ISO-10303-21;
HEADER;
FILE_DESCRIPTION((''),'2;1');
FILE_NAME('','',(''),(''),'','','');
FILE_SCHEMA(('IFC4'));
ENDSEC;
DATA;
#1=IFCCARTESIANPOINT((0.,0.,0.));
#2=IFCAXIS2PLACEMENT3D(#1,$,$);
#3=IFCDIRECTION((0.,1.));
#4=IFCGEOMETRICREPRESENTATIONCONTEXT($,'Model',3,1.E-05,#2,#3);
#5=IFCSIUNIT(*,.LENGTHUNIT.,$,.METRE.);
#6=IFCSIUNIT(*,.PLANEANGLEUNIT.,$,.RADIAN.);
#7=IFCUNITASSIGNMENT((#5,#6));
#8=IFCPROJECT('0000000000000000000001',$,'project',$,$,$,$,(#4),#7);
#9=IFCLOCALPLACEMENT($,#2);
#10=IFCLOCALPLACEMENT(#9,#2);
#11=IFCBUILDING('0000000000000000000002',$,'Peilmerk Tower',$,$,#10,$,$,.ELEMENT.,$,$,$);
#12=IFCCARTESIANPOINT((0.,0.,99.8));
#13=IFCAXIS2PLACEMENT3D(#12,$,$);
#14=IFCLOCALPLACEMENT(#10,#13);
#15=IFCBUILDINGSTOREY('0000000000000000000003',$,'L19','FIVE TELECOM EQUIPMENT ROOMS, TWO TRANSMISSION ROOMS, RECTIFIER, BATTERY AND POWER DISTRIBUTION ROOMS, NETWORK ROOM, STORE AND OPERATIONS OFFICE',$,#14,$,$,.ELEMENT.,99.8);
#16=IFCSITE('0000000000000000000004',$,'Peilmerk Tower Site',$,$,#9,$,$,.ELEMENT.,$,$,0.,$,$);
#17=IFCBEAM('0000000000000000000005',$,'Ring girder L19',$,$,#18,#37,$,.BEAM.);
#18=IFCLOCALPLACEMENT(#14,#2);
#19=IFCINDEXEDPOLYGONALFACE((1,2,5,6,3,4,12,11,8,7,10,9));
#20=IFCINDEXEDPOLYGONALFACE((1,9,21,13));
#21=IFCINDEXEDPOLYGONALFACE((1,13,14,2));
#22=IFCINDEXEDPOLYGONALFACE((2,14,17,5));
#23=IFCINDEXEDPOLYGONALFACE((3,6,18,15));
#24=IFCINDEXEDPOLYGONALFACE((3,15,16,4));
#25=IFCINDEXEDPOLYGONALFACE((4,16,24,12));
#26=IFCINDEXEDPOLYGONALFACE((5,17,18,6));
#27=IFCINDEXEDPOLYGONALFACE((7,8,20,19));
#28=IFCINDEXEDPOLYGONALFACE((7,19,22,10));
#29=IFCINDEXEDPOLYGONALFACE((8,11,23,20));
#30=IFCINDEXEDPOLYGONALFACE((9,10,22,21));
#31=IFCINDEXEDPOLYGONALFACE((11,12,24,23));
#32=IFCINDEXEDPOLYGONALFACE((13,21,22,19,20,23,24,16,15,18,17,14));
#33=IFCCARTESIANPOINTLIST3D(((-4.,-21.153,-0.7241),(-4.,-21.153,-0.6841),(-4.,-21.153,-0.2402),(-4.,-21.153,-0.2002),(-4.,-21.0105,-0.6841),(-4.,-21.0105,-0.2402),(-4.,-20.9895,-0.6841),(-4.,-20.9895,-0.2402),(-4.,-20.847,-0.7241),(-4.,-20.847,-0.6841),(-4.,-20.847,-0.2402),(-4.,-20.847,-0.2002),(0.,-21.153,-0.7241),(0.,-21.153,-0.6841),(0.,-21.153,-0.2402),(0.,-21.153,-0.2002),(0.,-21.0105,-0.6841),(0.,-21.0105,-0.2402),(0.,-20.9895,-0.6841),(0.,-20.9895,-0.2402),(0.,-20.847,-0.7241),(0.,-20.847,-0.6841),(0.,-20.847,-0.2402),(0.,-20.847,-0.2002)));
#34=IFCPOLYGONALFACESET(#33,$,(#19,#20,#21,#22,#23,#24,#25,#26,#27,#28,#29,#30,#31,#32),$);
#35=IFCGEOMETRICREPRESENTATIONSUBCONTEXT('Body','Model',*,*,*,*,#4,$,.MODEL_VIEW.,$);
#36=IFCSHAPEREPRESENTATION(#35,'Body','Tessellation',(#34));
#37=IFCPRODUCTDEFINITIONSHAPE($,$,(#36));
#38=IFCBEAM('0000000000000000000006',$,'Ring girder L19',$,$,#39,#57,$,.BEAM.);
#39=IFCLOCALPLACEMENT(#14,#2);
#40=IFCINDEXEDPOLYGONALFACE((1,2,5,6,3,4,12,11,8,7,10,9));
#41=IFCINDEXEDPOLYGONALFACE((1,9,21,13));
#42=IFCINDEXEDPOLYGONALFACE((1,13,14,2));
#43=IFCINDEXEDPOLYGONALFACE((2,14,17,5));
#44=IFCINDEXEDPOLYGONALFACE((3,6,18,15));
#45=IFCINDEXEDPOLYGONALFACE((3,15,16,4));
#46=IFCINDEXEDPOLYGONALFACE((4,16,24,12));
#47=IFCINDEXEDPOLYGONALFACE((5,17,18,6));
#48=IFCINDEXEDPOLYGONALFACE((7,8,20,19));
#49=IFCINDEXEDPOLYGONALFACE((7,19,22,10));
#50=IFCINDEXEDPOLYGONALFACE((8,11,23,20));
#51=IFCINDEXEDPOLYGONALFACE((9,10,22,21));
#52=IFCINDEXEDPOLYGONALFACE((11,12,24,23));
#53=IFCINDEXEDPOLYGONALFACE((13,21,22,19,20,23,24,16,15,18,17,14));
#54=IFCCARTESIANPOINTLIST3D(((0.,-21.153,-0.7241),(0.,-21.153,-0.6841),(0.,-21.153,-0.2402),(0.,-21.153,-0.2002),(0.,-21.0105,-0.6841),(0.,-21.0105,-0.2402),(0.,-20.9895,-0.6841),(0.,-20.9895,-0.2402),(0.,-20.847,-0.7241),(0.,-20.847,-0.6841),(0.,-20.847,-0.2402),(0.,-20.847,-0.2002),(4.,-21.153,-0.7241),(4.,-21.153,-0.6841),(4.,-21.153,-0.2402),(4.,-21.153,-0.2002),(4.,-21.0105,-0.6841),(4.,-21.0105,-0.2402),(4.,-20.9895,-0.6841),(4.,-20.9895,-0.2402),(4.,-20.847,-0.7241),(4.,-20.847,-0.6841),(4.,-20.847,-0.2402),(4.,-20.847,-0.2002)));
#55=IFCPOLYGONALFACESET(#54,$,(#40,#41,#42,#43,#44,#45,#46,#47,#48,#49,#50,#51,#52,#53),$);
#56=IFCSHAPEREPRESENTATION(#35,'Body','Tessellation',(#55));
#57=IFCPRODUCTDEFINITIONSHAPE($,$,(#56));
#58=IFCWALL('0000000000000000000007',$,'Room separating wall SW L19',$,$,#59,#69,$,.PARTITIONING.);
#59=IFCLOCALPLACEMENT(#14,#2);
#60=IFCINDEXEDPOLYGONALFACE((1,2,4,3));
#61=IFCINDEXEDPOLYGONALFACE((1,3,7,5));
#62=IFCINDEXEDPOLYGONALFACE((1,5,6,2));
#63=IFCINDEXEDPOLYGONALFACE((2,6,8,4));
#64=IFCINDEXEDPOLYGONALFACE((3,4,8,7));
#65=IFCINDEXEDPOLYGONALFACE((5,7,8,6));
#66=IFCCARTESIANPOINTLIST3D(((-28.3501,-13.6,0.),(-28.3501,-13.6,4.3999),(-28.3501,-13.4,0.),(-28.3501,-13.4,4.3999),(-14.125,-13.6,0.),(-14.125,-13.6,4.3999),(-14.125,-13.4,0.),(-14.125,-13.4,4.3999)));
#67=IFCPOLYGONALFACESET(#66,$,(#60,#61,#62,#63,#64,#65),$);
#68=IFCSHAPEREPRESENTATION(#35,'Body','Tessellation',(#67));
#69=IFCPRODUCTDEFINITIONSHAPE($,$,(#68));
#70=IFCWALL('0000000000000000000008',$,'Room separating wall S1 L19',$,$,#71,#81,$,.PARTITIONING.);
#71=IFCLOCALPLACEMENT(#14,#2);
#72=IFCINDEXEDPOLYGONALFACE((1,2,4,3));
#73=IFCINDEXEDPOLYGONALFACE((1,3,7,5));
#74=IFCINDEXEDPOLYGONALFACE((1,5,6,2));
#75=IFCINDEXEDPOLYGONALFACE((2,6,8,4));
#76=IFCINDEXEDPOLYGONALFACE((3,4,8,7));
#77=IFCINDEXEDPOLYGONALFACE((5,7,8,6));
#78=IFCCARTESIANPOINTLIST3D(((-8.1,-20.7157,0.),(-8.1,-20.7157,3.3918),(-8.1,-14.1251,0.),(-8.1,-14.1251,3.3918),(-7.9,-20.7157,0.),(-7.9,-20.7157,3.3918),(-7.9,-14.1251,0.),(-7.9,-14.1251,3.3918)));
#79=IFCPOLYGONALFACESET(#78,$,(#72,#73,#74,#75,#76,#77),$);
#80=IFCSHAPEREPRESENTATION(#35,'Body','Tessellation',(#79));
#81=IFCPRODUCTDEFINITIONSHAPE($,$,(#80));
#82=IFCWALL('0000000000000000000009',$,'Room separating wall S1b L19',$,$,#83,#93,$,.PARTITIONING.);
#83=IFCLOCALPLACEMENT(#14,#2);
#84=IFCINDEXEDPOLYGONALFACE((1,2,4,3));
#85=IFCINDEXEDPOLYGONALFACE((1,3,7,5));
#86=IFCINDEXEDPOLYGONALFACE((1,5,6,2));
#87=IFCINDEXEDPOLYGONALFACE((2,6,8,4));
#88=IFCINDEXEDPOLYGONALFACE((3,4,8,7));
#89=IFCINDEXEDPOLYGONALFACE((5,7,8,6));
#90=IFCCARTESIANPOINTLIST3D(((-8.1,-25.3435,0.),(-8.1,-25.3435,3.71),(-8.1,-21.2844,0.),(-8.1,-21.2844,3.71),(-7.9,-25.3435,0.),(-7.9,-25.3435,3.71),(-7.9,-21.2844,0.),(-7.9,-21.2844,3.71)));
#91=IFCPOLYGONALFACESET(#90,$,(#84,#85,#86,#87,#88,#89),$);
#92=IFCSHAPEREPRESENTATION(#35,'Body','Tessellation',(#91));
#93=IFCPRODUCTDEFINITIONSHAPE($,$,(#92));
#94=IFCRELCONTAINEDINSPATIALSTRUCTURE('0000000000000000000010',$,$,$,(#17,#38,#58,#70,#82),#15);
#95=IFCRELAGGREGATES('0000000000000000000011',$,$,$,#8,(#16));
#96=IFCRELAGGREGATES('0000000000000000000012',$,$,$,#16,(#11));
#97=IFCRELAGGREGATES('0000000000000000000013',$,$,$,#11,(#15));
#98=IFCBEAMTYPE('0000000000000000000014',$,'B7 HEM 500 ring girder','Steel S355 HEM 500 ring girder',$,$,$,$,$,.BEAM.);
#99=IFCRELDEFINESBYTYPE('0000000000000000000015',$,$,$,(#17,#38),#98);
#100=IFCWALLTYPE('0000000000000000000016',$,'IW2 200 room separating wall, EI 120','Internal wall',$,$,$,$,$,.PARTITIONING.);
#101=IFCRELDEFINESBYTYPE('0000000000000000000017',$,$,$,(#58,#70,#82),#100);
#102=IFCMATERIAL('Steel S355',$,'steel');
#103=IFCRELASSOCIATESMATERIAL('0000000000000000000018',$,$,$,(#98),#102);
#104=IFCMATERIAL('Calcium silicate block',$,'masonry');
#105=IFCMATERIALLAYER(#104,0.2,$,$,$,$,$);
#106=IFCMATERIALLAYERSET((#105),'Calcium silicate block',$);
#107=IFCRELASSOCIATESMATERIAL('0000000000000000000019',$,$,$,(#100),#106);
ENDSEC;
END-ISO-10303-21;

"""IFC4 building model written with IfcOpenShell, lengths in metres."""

from ifc_helpers import new_model, si_unit, direction, frame, frame_2d, origin, origin_2d, place, context, subcontext, project, spatial, rectangle, i_section, extrude, material, layer, layer_set, material_profile, profile_set, type_object, element, save


model = new_model("IFC4")

# Units and contexts
model_context = context("Model", 3, precision=1e-05, world=origin(), true_north=direction((0.0, 1.0)))
body_context = subcontext(model_context, "Body", "Model", "MODEL_VIEW")
ifc_project = project(units=[si_unit("LENGTHUNIT", "METRE"), si_unit("PLANEANGLEUNIT", "RADIAN")], contexts=[model_context])

# Site, building, storey
site_placement = place(None, origin())
site = spatial("IfcSite", under=ifc_project, at=site_placement, Name="Peilmerk Tower Site", CompositionType="ELEMENT", RefElevation=0.0)
building_placement = place(site_placement, origin())
building = spatial("IfcBuilding", under=site, at=building_placement, Name="Peilmerk Tower", CompositionType="ELEMENT")
storey_placement = place(building_placement, frame((0.0, 0.0, 99.8)))
storey = spatial("IfcBuildingStorey", under=building, at=storey_placement, Name="L19", Description="FIVE TELECOM EQUIPMENT ROOMS, TWO TRANSMISSION ROOMS, RECTIFIER, BATTERY AND POWER DISTRIBUTION ROOMS, NETWORK ROOM, STORE AND OPERATIONS OFFICE", CompositionType="ELEMENT", Elevation=99.8)

# Beams
ifc_material_1 = material(Name="Steel S355", Category="steel")
ifc_material_profile_1 = material_profile(ifc_material_1, i_section(OverallWidth=0.3059, OverallDepth=0.5239, WebThickness=0.021, FlangeThickness=0.04, at=origin_2d()), Name="HEM 500")
ifc_profile_set_1 = profile_set([ifc_material_profile_1], Name="Steel S355")
beam_type_1 = type_object("IfcBeamType", Name="B7 HEM 500 ring girder", Description="Steel S355 HEM 500 ring girder", PredefinedType="BEAM", material=ifc_profile_set_1)
for number, where, z_axis, x_axis, name in (
    (1, (-4.0, -21.0, -0.4622), (1.0, 0.0, 0.0), (0.0, 1.0, 0.0), "Ring girder L19"),
    (2, (0.0, -21.0, -0.4622), (1.0, 0.0, 0.0), (0.0, 1.0, 0.0), "Ring girder L19"),
):
    element("IfcBeam", number, at=place(storey_placement, frame(where, z_axis=z_axis, x_axis=x_axis)), inside=storey, type_object=beam_type_1, Name=name, PredefinedType="BEAM", context=body_context, shape_type="SweptSolid", body=[
        extrude(i_section(OverallWidth=0.3059, OverallDepth=0.5239, WebThickness=0.021, FlangeThickness=0.04, at=origin_2d()), origin(), (0.0, 0.0, 1.0), 4.0),
    ])

# Walls
ifc_material_2 = material(Name="Calcium silicate block", Category="masonry")
ifc_layer = layer(ifc_material_2, 0.2)
ifc_layer_set = layer_set([ifc_layer], Name="Calcium silicate block")
wall_type = type_object("IfcWallType", Name="IW2 200 room separating wall, EI 120", Description="Internal wall", PredefinedType="PARTITIONING", material=ifc_layer_set)
wall_1_placement = place(storey_placement, frame((-14.125, -13.5, 0.0), z_axis=(0.0, 0.0, 1.0), x_axis=(-1.0, 0.0, 0.0)))
element("IfcWall", 3, at=wall_1_placement, inside=storey, type_object=wall_type, Name="Room separating wall SW L19", PredefinedType="PARTITIONING", context=body_context, shape_type="SweptSolid", body=[
    extrude(rectangle(XDim=14.2251, YDim=0.2, at=frame_2d((7.1125, 0.0))), origin(), (0.0, 0.0, 1.0), 4.3999),
])
wall_2_placement = place(storey_placement, frame((-8.0, -14.125, 0.0), z_axis=(0.0, 0.0, 1.0), x_axis=(0.0, -1.0, 0.0)))
element("IfcWall", 4, at=wall_2_placement, inside=storey, type_object=wall_type, Name="Room separating wall S1 L19", PredefinedType="PARTITIONING", context=body_context, shape_type="SweptSolid", body=[
    extrude(rectangle(XDim=6.5906, YDim=0.2, at=frame_2d((3.2954, 0.0))), origin(), (0.0, 0.0, 1.0), 3.3918),
])
wall_3_placement = place(storey_placement, frame((-8.0, -21.2844, 0.0), z_axis=(0.0, 0.0, 1.0), x_axis=(0.0, -1.0, 0.0)))
element("IfcWall", 5, at=wall_3_placement, inside=storey, type_object=wall_type, Name="Room separating wall S1b L19", PredefinedType="PARTITIONING", context=body_context, shape_type="SweptSolid", body=[
    extrude(rectangle(XDim=4.0591, YDim=0.2, at=frame_2d((2.0295, 0.0))), origin(), (0.0, 0.0, 1.0), 3.71),
])

save(model, "model.ifc")
